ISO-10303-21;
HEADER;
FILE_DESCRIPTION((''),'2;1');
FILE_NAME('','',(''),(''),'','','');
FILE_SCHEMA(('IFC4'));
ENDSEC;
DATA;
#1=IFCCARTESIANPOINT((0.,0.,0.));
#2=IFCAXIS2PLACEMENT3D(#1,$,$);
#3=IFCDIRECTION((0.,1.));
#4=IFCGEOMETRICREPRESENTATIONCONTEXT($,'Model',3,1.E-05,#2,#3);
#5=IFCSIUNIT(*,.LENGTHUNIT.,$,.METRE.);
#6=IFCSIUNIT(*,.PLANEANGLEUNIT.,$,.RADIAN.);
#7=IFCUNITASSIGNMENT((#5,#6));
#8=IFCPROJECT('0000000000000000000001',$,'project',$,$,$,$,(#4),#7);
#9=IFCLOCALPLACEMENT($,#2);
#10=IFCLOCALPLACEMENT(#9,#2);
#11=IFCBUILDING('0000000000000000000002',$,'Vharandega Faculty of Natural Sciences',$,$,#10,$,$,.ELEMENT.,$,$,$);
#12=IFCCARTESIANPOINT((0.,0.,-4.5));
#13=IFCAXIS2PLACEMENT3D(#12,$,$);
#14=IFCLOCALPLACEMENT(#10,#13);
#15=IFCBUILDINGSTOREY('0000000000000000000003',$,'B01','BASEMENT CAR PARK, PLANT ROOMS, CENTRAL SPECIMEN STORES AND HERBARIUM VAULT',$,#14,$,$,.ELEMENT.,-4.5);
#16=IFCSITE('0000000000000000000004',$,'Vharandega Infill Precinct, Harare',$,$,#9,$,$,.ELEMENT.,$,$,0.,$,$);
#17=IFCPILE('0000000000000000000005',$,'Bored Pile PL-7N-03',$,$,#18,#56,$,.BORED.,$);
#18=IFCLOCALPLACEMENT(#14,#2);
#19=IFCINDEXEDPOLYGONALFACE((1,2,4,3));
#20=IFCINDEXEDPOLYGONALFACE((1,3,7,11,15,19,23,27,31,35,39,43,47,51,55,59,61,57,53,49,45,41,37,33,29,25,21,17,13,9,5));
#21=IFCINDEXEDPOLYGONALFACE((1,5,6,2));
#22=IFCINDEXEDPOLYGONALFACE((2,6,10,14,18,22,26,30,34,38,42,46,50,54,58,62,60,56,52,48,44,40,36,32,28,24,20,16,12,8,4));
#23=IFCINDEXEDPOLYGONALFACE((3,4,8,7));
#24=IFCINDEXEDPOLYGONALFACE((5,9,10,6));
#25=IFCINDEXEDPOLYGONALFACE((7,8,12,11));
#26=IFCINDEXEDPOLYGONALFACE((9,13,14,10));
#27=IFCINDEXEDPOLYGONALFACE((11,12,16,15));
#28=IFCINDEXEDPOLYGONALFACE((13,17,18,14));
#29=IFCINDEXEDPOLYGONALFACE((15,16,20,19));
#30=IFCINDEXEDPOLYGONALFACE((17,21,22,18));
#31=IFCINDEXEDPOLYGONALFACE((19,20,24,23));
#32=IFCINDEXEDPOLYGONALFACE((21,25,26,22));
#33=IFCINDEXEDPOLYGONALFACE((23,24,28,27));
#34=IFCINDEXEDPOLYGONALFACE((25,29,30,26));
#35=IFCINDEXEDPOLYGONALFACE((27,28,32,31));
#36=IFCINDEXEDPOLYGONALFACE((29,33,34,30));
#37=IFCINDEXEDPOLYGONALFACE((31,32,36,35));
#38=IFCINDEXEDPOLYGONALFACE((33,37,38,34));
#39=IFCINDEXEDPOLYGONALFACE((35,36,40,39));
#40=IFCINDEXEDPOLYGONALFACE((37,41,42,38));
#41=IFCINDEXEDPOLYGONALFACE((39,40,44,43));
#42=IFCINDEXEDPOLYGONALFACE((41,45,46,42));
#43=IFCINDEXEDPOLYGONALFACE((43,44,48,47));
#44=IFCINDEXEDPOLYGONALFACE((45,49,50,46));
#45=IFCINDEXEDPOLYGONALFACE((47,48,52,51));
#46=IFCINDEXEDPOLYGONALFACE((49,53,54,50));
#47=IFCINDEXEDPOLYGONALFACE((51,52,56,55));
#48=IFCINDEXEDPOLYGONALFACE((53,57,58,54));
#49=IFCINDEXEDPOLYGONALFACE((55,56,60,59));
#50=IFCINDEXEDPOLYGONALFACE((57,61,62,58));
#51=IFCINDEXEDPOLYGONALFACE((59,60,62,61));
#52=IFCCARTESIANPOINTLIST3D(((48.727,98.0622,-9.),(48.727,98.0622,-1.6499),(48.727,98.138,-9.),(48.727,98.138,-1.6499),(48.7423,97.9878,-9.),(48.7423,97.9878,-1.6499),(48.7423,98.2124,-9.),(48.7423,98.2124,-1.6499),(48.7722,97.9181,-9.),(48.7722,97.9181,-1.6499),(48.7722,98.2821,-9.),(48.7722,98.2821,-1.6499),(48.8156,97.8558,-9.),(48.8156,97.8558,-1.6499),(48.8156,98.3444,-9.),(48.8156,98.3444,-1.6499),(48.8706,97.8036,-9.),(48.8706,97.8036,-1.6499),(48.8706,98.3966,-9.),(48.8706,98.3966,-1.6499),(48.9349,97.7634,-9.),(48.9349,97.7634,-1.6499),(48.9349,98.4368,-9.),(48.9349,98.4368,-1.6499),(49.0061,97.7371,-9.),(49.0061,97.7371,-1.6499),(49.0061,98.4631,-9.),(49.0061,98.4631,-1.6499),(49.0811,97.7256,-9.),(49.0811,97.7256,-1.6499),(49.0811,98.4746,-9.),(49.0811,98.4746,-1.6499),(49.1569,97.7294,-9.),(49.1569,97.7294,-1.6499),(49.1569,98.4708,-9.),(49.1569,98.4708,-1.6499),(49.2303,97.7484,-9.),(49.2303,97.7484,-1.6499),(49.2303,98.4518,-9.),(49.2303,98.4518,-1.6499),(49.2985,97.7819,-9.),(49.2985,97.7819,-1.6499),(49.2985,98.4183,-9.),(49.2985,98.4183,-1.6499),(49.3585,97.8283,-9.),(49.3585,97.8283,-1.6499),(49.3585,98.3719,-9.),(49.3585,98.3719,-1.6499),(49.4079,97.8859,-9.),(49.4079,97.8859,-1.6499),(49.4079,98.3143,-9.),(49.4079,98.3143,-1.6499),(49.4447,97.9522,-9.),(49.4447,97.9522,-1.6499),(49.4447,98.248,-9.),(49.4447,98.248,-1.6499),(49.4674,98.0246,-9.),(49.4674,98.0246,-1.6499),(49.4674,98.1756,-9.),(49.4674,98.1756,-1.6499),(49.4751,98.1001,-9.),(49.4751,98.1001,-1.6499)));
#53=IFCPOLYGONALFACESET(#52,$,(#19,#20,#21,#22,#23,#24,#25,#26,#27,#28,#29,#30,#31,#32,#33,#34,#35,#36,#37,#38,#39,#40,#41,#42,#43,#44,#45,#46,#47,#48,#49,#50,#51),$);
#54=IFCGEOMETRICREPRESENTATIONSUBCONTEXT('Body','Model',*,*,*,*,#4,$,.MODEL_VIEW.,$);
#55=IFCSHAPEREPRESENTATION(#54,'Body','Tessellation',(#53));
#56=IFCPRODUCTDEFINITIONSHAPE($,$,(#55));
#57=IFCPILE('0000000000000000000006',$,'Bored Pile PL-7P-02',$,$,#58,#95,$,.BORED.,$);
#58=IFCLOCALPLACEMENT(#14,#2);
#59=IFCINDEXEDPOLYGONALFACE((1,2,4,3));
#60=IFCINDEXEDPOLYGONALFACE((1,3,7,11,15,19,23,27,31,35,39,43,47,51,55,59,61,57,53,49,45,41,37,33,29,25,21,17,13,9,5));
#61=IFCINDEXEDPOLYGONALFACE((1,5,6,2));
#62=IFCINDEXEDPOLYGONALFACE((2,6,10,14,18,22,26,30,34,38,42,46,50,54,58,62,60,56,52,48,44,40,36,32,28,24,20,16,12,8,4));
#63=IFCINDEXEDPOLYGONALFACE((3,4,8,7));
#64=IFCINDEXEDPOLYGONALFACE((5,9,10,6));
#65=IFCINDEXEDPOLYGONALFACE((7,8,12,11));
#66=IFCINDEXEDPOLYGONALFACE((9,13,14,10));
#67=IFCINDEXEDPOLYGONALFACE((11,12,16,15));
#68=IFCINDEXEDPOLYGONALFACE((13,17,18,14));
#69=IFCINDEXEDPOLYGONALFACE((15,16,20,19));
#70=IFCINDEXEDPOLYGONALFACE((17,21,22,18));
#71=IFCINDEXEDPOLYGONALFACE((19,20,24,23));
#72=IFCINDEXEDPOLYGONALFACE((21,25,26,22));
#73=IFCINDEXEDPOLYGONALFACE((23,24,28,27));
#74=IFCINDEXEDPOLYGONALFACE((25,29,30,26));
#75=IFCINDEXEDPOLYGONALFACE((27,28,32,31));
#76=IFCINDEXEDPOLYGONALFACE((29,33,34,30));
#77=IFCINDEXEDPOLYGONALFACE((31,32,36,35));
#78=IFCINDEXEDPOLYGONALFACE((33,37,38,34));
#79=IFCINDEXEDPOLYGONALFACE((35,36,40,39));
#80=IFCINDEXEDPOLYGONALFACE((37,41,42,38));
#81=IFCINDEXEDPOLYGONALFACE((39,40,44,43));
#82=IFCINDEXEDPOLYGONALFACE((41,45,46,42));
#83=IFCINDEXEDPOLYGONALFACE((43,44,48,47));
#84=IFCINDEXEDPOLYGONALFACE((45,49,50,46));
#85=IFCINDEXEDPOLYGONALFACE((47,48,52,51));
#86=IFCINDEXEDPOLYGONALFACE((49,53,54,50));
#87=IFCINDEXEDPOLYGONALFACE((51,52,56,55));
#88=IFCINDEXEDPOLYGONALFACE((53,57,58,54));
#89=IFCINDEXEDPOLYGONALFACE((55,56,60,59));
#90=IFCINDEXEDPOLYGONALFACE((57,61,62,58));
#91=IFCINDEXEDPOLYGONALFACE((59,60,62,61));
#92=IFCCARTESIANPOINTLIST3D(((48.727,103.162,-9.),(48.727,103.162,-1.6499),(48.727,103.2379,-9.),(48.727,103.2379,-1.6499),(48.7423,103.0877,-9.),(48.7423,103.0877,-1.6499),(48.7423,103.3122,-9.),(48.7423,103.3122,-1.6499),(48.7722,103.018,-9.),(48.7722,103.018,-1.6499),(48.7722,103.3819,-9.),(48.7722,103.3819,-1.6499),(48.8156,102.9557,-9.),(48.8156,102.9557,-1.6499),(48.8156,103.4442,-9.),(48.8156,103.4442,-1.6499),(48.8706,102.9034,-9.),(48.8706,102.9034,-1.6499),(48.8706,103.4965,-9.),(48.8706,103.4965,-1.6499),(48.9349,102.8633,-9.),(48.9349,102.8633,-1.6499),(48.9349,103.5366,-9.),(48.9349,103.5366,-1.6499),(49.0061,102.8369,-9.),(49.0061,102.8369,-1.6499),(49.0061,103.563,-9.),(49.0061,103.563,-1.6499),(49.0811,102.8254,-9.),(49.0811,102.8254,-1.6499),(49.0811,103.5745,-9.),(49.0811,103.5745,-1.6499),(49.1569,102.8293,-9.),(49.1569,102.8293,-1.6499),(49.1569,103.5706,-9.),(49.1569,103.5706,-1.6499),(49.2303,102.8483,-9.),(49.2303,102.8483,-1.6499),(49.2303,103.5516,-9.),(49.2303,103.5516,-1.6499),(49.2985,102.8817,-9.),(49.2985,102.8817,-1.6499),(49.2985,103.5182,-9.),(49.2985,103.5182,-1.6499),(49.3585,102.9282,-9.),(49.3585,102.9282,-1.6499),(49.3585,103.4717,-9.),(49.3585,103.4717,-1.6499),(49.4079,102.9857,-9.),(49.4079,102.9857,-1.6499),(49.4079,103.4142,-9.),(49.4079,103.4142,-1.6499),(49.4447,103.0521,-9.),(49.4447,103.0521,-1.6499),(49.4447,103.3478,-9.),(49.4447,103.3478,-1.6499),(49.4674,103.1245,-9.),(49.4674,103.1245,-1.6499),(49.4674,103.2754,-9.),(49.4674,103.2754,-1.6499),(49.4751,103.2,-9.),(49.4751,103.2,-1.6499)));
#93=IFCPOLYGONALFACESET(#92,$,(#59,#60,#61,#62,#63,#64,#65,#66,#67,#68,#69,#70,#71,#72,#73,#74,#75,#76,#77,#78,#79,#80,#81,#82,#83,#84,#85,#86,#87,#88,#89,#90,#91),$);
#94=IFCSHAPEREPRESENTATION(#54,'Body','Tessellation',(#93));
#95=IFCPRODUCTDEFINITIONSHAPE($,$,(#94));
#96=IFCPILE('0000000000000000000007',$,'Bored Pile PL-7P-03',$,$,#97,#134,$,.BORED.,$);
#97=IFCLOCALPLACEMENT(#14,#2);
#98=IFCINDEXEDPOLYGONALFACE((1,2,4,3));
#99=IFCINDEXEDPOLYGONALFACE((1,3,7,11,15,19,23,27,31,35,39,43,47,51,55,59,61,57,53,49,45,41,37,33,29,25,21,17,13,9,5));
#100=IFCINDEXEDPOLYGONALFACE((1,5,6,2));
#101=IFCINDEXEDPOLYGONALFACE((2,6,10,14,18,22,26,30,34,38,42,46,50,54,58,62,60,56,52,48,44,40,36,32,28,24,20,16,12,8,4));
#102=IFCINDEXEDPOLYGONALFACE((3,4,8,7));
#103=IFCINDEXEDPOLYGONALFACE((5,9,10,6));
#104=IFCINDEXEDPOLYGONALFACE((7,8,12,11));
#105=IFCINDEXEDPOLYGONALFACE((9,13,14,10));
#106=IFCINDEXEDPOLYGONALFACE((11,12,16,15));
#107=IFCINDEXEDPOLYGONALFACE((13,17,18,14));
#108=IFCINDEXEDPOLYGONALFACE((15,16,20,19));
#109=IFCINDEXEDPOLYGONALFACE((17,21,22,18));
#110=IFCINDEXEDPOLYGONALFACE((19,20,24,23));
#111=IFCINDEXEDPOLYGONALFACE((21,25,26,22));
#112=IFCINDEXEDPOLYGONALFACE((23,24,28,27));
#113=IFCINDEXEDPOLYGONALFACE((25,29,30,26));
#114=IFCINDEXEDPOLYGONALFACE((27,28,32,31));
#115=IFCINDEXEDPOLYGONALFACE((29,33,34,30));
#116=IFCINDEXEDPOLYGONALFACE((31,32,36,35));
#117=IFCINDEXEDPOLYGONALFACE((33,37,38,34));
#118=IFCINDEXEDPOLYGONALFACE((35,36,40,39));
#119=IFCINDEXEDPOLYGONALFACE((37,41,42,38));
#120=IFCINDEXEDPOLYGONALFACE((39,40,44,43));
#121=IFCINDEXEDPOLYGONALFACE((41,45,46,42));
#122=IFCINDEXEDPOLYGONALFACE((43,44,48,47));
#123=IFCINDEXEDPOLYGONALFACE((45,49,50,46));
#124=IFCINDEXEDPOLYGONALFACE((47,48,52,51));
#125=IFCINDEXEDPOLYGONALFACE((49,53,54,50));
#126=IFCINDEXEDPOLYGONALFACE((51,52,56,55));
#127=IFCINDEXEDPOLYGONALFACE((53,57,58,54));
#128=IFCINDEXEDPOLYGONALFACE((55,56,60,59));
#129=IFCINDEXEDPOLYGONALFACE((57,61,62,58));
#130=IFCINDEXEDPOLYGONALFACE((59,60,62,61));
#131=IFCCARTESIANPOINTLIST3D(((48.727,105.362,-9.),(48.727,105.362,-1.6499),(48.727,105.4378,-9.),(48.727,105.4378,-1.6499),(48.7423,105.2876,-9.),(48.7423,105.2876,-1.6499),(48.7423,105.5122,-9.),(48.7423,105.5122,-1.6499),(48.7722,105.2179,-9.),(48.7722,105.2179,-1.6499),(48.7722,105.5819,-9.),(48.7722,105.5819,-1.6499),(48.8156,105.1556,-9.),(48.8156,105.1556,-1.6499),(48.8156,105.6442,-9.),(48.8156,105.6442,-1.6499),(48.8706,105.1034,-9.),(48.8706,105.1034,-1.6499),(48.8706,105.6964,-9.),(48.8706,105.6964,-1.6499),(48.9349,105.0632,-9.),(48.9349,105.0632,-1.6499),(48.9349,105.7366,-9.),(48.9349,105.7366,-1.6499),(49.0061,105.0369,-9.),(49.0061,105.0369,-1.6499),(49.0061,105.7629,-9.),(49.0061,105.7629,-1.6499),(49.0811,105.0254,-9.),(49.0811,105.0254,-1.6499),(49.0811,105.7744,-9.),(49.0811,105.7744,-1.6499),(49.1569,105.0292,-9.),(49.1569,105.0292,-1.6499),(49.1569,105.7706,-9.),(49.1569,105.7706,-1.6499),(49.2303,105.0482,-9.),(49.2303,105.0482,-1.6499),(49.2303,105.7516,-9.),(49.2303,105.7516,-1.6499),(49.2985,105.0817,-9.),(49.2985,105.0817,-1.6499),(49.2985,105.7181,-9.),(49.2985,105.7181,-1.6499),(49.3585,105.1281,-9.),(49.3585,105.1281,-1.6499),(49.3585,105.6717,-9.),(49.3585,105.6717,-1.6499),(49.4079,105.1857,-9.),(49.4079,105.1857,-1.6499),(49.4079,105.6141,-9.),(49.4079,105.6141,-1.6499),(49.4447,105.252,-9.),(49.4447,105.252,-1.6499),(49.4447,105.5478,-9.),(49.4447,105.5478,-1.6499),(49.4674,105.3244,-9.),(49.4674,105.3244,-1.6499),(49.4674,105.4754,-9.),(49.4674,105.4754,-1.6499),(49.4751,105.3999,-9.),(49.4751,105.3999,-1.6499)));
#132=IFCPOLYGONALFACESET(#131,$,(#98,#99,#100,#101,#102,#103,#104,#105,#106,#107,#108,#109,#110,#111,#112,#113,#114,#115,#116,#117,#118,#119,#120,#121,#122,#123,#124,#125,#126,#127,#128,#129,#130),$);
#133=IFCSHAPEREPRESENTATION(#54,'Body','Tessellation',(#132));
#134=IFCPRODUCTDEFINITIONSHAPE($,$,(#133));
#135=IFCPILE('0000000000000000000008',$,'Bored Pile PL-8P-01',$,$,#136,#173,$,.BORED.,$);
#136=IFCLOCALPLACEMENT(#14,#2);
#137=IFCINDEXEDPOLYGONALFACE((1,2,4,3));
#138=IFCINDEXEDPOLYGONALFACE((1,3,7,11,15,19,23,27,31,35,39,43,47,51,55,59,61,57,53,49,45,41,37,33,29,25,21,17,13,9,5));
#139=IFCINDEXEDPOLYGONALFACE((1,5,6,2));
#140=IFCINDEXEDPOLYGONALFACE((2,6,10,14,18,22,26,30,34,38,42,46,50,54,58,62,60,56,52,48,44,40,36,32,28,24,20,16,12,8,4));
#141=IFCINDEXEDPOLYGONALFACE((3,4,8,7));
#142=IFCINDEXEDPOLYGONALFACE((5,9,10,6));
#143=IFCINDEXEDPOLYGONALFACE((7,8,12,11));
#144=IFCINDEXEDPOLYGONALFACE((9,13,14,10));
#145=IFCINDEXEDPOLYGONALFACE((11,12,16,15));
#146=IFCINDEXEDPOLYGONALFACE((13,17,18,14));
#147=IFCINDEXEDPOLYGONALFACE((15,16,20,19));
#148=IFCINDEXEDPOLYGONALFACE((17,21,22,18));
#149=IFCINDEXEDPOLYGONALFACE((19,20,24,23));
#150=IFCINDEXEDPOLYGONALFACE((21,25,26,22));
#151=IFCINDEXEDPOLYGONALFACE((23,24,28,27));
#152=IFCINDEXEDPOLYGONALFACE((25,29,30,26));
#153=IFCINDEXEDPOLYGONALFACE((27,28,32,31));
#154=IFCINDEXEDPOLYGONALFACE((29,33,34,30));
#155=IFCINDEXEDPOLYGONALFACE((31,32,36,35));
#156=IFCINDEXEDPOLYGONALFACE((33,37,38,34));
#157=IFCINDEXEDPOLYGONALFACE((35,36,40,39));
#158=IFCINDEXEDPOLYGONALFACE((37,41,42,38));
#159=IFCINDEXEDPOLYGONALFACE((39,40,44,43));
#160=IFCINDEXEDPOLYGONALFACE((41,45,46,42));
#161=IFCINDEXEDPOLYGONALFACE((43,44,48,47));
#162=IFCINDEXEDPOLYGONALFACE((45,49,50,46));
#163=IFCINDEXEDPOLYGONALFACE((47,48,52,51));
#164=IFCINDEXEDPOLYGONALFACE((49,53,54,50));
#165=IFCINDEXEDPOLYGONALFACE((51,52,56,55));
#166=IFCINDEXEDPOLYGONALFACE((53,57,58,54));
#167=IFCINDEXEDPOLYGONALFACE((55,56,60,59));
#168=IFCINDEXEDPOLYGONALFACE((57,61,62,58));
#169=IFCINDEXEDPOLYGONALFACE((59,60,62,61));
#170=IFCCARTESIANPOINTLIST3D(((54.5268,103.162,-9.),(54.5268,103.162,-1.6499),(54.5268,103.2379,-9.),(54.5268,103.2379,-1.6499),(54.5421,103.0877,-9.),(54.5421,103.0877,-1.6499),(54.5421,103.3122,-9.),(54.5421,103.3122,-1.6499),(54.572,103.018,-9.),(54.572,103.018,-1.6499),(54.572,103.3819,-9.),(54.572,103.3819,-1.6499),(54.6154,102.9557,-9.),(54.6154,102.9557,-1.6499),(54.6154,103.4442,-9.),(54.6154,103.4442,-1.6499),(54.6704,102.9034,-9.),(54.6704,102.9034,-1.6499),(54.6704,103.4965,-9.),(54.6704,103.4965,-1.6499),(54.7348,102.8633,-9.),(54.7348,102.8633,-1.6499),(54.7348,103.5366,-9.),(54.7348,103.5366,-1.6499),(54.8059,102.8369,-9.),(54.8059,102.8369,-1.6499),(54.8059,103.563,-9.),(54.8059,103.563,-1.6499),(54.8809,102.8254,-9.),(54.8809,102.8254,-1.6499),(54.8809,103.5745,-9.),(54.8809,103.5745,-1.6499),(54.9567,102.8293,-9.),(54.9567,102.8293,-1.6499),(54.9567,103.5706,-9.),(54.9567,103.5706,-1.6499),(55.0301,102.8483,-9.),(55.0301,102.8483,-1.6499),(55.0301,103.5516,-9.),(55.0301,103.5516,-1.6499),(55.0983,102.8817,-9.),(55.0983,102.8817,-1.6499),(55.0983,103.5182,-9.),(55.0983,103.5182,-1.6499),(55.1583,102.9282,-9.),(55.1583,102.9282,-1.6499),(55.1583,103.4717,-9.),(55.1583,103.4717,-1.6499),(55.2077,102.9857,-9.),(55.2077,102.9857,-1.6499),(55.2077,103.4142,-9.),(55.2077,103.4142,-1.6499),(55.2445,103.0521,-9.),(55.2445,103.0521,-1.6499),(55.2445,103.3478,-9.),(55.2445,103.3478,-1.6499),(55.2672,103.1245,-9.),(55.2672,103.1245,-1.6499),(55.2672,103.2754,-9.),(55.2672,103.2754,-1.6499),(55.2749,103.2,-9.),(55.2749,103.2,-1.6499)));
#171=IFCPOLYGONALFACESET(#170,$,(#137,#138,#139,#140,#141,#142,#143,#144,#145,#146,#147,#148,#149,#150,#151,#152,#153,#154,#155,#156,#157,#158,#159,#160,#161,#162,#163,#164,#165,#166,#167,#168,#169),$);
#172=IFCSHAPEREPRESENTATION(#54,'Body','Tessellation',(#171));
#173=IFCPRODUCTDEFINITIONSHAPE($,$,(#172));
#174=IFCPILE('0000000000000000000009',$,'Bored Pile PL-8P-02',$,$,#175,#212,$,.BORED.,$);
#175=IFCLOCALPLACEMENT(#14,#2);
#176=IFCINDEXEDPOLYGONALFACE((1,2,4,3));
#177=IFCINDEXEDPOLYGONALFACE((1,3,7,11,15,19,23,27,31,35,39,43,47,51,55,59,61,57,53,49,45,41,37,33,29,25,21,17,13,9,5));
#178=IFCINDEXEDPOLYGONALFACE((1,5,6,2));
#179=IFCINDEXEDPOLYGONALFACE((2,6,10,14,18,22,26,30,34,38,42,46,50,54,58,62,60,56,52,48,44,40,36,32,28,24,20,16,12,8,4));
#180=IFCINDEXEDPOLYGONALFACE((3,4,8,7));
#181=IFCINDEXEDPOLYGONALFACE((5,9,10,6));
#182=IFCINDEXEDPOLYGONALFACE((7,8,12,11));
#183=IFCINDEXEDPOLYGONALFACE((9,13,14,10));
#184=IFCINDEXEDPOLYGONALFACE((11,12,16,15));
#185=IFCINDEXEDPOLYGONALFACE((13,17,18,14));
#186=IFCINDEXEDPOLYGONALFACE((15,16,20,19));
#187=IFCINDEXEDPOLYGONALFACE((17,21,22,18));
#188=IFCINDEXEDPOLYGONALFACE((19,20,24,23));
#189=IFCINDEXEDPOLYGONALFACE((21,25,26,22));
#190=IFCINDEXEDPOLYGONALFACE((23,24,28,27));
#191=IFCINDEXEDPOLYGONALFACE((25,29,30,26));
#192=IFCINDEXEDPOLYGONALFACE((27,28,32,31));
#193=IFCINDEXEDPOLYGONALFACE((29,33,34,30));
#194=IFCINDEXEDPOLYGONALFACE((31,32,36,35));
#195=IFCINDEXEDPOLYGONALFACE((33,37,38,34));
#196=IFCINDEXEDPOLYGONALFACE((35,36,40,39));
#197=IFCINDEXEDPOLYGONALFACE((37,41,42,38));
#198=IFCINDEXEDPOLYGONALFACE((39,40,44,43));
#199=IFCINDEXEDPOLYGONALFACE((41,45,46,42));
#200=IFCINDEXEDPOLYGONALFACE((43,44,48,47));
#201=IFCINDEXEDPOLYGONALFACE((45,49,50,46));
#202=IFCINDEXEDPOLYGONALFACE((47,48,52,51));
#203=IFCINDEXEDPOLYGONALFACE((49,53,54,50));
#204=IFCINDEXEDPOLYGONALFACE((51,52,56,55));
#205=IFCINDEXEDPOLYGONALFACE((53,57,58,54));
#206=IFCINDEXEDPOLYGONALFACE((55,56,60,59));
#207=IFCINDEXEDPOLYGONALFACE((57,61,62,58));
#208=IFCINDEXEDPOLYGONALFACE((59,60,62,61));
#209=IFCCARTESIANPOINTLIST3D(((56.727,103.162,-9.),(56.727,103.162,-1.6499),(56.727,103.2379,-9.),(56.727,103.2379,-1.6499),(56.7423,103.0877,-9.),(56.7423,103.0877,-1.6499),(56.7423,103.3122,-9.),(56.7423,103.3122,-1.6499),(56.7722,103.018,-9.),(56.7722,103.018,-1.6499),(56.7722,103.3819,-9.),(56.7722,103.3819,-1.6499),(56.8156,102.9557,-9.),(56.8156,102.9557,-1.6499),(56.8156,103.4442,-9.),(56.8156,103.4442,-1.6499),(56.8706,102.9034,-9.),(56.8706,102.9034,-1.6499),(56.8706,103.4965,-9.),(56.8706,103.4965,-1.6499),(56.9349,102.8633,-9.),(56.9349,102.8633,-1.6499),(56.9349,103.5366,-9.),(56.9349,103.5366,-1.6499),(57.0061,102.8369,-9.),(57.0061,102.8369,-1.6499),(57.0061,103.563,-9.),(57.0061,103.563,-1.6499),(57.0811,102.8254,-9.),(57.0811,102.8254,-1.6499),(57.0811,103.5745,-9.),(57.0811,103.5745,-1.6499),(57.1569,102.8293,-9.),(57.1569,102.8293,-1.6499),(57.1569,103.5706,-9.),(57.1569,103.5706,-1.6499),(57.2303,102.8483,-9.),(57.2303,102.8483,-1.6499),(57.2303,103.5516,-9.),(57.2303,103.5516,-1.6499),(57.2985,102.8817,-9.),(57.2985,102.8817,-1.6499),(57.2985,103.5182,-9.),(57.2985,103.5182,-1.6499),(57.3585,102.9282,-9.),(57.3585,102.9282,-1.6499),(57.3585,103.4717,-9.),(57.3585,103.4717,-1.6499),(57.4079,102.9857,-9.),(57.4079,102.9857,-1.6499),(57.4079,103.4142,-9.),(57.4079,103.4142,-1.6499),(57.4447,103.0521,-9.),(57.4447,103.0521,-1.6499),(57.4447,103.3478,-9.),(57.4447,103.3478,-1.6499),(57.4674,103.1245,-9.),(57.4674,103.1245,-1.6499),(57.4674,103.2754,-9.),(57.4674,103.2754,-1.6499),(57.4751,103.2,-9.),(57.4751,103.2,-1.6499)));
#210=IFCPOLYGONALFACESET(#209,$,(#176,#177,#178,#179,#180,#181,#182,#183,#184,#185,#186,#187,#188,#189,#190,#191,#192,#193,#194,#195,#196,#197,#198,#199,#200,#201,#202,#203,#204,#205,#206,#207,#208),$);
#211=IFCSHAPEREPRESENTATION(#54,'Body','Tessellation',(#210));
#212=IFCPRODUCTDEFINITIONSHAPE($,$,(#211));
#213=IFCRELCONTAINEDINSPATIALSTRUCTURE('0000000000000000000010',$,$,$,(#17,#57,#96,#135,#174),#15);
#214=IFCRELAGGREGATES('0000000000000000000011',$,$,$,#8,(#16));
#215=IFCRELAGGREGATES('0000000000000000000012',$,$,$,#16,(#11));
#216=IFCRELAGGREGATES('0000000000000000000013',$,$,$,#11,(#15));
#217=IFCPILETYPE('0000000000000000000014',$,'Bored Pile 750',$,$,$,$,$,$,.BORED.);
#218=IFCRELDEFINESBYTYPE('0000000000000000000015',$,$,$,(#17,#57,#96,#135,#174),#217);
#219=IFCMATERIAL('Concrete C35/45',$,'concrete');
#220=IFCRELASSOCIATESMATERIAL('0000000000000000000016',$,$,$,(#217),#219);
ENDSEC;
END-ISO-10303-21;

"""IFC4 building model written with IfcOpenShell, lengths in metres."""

from ifc_helpers import new_model, si_unit, direction, frame, origin, origin_2d, place, context, subcontext, project, spatial, circle, extrude, material, material_profile, profile_set, type_object, element, save


model = new_model("IFC4")

# Units and contexts
model_context = context("Model", 3, precision=1e-05, world=origin(), true_north=direction((0.0, 1.0)))
body_context = subcontext(model_context, "Body", "Model", "MODEL_VIEW")
ifc_project = project(units=[si_unit("LENGTHUNIT", "METRE"), si_unit("PLANEANGLEUNIT", "RADIAN")], contexts=[model_context])

# Site, building, storey
site_placement = place(None, origin())
site = spatial("IfcSite", under=ifc_project, at=site_placement, Name="Vharandega Infill Precinct, Harare", CompositionType="ELEMENT", RefElevation=0.0)
building_placement = place(site_placement, origin())
building = spatial("IfcBuilding", under=site, at=building_placement, Name="Vharandega Faculty of Natural Sciences", CompositionType="ELEMENT")
storey_placement = place(building_placement, frame((0.0, 0.0, -4.5)))
storey = spatial("IfcBuildingStorey", under=building, at=storey_placement, Name="B01", Description="BASEMENT CAR PARK, PLANT ROOMS, CENTRAL SPECIMEN STORES AND HERBARIUM VAULT", CompositionType="ELEMENT", Elevation=-4.5)

# Piles
ifc_material_1 = material(Name="Concrete C35/45", Category="concrete")
ifc_material_profile_1 = material_profile(ifc_material_1, circle(Radius=0.375, at=origin_2d()), Name="PILE 750")
ifc_profile_set_1 = profile_set([ifc_material_profile_1], Name="Concrete C35/45")
pile_type_1 = type_object("IfcPileType", Name="Bored Pile 750", PredefinedType="BORED", material=ifc_profile_set_1)
for number, where, z_axis, x_axis, name in (
    (1, (49.1001, 98.1001, -1.6499), (0.0, 0.0, -1.0), (1.0, 0.0, 0.0), "Bored Pile PL-7N-03"),
    (2, (49.1001, 103.2, -1.6499), (0.0, 0.0, -1.0), (1.0, 0.0, 0.0), "Bored Pile PL-7P-02"),
    (3, (49.1001, 105.3999, -1.6499), (0.0, 0.0, -1.0), (1.0, 0.0, 0.0), "Bored Pile PL-7P-03"),
    (4, (54.8999, 103.2, -1.6499), (0.0, 0.0, -1.0), (1.0, 0.0, 0.0), "Bored Pile PL-8P-01"),
    (5, (57.1001, 103.2, -1.6499), (0.0, 0.0, -1.0), (1.0, 0.0, 0.0), "Bored Pile PL-8P-02"),
):
    element("IfcPile", number, at=place(storey_placement, frame(where, z_axis=z_axis, x_axis=x_axis)), inside=storey, type_object=pile_type_1, Name=name, PredefinedType="BORED", context=body_context, shape_type="SweptSolid", body=[
        extrude(circle(Radius=0.375, at=origin_2d()), origin(), (0.0, 0.0, 1.0), 7.3501),
    ])

save(model, "model.ifc")
